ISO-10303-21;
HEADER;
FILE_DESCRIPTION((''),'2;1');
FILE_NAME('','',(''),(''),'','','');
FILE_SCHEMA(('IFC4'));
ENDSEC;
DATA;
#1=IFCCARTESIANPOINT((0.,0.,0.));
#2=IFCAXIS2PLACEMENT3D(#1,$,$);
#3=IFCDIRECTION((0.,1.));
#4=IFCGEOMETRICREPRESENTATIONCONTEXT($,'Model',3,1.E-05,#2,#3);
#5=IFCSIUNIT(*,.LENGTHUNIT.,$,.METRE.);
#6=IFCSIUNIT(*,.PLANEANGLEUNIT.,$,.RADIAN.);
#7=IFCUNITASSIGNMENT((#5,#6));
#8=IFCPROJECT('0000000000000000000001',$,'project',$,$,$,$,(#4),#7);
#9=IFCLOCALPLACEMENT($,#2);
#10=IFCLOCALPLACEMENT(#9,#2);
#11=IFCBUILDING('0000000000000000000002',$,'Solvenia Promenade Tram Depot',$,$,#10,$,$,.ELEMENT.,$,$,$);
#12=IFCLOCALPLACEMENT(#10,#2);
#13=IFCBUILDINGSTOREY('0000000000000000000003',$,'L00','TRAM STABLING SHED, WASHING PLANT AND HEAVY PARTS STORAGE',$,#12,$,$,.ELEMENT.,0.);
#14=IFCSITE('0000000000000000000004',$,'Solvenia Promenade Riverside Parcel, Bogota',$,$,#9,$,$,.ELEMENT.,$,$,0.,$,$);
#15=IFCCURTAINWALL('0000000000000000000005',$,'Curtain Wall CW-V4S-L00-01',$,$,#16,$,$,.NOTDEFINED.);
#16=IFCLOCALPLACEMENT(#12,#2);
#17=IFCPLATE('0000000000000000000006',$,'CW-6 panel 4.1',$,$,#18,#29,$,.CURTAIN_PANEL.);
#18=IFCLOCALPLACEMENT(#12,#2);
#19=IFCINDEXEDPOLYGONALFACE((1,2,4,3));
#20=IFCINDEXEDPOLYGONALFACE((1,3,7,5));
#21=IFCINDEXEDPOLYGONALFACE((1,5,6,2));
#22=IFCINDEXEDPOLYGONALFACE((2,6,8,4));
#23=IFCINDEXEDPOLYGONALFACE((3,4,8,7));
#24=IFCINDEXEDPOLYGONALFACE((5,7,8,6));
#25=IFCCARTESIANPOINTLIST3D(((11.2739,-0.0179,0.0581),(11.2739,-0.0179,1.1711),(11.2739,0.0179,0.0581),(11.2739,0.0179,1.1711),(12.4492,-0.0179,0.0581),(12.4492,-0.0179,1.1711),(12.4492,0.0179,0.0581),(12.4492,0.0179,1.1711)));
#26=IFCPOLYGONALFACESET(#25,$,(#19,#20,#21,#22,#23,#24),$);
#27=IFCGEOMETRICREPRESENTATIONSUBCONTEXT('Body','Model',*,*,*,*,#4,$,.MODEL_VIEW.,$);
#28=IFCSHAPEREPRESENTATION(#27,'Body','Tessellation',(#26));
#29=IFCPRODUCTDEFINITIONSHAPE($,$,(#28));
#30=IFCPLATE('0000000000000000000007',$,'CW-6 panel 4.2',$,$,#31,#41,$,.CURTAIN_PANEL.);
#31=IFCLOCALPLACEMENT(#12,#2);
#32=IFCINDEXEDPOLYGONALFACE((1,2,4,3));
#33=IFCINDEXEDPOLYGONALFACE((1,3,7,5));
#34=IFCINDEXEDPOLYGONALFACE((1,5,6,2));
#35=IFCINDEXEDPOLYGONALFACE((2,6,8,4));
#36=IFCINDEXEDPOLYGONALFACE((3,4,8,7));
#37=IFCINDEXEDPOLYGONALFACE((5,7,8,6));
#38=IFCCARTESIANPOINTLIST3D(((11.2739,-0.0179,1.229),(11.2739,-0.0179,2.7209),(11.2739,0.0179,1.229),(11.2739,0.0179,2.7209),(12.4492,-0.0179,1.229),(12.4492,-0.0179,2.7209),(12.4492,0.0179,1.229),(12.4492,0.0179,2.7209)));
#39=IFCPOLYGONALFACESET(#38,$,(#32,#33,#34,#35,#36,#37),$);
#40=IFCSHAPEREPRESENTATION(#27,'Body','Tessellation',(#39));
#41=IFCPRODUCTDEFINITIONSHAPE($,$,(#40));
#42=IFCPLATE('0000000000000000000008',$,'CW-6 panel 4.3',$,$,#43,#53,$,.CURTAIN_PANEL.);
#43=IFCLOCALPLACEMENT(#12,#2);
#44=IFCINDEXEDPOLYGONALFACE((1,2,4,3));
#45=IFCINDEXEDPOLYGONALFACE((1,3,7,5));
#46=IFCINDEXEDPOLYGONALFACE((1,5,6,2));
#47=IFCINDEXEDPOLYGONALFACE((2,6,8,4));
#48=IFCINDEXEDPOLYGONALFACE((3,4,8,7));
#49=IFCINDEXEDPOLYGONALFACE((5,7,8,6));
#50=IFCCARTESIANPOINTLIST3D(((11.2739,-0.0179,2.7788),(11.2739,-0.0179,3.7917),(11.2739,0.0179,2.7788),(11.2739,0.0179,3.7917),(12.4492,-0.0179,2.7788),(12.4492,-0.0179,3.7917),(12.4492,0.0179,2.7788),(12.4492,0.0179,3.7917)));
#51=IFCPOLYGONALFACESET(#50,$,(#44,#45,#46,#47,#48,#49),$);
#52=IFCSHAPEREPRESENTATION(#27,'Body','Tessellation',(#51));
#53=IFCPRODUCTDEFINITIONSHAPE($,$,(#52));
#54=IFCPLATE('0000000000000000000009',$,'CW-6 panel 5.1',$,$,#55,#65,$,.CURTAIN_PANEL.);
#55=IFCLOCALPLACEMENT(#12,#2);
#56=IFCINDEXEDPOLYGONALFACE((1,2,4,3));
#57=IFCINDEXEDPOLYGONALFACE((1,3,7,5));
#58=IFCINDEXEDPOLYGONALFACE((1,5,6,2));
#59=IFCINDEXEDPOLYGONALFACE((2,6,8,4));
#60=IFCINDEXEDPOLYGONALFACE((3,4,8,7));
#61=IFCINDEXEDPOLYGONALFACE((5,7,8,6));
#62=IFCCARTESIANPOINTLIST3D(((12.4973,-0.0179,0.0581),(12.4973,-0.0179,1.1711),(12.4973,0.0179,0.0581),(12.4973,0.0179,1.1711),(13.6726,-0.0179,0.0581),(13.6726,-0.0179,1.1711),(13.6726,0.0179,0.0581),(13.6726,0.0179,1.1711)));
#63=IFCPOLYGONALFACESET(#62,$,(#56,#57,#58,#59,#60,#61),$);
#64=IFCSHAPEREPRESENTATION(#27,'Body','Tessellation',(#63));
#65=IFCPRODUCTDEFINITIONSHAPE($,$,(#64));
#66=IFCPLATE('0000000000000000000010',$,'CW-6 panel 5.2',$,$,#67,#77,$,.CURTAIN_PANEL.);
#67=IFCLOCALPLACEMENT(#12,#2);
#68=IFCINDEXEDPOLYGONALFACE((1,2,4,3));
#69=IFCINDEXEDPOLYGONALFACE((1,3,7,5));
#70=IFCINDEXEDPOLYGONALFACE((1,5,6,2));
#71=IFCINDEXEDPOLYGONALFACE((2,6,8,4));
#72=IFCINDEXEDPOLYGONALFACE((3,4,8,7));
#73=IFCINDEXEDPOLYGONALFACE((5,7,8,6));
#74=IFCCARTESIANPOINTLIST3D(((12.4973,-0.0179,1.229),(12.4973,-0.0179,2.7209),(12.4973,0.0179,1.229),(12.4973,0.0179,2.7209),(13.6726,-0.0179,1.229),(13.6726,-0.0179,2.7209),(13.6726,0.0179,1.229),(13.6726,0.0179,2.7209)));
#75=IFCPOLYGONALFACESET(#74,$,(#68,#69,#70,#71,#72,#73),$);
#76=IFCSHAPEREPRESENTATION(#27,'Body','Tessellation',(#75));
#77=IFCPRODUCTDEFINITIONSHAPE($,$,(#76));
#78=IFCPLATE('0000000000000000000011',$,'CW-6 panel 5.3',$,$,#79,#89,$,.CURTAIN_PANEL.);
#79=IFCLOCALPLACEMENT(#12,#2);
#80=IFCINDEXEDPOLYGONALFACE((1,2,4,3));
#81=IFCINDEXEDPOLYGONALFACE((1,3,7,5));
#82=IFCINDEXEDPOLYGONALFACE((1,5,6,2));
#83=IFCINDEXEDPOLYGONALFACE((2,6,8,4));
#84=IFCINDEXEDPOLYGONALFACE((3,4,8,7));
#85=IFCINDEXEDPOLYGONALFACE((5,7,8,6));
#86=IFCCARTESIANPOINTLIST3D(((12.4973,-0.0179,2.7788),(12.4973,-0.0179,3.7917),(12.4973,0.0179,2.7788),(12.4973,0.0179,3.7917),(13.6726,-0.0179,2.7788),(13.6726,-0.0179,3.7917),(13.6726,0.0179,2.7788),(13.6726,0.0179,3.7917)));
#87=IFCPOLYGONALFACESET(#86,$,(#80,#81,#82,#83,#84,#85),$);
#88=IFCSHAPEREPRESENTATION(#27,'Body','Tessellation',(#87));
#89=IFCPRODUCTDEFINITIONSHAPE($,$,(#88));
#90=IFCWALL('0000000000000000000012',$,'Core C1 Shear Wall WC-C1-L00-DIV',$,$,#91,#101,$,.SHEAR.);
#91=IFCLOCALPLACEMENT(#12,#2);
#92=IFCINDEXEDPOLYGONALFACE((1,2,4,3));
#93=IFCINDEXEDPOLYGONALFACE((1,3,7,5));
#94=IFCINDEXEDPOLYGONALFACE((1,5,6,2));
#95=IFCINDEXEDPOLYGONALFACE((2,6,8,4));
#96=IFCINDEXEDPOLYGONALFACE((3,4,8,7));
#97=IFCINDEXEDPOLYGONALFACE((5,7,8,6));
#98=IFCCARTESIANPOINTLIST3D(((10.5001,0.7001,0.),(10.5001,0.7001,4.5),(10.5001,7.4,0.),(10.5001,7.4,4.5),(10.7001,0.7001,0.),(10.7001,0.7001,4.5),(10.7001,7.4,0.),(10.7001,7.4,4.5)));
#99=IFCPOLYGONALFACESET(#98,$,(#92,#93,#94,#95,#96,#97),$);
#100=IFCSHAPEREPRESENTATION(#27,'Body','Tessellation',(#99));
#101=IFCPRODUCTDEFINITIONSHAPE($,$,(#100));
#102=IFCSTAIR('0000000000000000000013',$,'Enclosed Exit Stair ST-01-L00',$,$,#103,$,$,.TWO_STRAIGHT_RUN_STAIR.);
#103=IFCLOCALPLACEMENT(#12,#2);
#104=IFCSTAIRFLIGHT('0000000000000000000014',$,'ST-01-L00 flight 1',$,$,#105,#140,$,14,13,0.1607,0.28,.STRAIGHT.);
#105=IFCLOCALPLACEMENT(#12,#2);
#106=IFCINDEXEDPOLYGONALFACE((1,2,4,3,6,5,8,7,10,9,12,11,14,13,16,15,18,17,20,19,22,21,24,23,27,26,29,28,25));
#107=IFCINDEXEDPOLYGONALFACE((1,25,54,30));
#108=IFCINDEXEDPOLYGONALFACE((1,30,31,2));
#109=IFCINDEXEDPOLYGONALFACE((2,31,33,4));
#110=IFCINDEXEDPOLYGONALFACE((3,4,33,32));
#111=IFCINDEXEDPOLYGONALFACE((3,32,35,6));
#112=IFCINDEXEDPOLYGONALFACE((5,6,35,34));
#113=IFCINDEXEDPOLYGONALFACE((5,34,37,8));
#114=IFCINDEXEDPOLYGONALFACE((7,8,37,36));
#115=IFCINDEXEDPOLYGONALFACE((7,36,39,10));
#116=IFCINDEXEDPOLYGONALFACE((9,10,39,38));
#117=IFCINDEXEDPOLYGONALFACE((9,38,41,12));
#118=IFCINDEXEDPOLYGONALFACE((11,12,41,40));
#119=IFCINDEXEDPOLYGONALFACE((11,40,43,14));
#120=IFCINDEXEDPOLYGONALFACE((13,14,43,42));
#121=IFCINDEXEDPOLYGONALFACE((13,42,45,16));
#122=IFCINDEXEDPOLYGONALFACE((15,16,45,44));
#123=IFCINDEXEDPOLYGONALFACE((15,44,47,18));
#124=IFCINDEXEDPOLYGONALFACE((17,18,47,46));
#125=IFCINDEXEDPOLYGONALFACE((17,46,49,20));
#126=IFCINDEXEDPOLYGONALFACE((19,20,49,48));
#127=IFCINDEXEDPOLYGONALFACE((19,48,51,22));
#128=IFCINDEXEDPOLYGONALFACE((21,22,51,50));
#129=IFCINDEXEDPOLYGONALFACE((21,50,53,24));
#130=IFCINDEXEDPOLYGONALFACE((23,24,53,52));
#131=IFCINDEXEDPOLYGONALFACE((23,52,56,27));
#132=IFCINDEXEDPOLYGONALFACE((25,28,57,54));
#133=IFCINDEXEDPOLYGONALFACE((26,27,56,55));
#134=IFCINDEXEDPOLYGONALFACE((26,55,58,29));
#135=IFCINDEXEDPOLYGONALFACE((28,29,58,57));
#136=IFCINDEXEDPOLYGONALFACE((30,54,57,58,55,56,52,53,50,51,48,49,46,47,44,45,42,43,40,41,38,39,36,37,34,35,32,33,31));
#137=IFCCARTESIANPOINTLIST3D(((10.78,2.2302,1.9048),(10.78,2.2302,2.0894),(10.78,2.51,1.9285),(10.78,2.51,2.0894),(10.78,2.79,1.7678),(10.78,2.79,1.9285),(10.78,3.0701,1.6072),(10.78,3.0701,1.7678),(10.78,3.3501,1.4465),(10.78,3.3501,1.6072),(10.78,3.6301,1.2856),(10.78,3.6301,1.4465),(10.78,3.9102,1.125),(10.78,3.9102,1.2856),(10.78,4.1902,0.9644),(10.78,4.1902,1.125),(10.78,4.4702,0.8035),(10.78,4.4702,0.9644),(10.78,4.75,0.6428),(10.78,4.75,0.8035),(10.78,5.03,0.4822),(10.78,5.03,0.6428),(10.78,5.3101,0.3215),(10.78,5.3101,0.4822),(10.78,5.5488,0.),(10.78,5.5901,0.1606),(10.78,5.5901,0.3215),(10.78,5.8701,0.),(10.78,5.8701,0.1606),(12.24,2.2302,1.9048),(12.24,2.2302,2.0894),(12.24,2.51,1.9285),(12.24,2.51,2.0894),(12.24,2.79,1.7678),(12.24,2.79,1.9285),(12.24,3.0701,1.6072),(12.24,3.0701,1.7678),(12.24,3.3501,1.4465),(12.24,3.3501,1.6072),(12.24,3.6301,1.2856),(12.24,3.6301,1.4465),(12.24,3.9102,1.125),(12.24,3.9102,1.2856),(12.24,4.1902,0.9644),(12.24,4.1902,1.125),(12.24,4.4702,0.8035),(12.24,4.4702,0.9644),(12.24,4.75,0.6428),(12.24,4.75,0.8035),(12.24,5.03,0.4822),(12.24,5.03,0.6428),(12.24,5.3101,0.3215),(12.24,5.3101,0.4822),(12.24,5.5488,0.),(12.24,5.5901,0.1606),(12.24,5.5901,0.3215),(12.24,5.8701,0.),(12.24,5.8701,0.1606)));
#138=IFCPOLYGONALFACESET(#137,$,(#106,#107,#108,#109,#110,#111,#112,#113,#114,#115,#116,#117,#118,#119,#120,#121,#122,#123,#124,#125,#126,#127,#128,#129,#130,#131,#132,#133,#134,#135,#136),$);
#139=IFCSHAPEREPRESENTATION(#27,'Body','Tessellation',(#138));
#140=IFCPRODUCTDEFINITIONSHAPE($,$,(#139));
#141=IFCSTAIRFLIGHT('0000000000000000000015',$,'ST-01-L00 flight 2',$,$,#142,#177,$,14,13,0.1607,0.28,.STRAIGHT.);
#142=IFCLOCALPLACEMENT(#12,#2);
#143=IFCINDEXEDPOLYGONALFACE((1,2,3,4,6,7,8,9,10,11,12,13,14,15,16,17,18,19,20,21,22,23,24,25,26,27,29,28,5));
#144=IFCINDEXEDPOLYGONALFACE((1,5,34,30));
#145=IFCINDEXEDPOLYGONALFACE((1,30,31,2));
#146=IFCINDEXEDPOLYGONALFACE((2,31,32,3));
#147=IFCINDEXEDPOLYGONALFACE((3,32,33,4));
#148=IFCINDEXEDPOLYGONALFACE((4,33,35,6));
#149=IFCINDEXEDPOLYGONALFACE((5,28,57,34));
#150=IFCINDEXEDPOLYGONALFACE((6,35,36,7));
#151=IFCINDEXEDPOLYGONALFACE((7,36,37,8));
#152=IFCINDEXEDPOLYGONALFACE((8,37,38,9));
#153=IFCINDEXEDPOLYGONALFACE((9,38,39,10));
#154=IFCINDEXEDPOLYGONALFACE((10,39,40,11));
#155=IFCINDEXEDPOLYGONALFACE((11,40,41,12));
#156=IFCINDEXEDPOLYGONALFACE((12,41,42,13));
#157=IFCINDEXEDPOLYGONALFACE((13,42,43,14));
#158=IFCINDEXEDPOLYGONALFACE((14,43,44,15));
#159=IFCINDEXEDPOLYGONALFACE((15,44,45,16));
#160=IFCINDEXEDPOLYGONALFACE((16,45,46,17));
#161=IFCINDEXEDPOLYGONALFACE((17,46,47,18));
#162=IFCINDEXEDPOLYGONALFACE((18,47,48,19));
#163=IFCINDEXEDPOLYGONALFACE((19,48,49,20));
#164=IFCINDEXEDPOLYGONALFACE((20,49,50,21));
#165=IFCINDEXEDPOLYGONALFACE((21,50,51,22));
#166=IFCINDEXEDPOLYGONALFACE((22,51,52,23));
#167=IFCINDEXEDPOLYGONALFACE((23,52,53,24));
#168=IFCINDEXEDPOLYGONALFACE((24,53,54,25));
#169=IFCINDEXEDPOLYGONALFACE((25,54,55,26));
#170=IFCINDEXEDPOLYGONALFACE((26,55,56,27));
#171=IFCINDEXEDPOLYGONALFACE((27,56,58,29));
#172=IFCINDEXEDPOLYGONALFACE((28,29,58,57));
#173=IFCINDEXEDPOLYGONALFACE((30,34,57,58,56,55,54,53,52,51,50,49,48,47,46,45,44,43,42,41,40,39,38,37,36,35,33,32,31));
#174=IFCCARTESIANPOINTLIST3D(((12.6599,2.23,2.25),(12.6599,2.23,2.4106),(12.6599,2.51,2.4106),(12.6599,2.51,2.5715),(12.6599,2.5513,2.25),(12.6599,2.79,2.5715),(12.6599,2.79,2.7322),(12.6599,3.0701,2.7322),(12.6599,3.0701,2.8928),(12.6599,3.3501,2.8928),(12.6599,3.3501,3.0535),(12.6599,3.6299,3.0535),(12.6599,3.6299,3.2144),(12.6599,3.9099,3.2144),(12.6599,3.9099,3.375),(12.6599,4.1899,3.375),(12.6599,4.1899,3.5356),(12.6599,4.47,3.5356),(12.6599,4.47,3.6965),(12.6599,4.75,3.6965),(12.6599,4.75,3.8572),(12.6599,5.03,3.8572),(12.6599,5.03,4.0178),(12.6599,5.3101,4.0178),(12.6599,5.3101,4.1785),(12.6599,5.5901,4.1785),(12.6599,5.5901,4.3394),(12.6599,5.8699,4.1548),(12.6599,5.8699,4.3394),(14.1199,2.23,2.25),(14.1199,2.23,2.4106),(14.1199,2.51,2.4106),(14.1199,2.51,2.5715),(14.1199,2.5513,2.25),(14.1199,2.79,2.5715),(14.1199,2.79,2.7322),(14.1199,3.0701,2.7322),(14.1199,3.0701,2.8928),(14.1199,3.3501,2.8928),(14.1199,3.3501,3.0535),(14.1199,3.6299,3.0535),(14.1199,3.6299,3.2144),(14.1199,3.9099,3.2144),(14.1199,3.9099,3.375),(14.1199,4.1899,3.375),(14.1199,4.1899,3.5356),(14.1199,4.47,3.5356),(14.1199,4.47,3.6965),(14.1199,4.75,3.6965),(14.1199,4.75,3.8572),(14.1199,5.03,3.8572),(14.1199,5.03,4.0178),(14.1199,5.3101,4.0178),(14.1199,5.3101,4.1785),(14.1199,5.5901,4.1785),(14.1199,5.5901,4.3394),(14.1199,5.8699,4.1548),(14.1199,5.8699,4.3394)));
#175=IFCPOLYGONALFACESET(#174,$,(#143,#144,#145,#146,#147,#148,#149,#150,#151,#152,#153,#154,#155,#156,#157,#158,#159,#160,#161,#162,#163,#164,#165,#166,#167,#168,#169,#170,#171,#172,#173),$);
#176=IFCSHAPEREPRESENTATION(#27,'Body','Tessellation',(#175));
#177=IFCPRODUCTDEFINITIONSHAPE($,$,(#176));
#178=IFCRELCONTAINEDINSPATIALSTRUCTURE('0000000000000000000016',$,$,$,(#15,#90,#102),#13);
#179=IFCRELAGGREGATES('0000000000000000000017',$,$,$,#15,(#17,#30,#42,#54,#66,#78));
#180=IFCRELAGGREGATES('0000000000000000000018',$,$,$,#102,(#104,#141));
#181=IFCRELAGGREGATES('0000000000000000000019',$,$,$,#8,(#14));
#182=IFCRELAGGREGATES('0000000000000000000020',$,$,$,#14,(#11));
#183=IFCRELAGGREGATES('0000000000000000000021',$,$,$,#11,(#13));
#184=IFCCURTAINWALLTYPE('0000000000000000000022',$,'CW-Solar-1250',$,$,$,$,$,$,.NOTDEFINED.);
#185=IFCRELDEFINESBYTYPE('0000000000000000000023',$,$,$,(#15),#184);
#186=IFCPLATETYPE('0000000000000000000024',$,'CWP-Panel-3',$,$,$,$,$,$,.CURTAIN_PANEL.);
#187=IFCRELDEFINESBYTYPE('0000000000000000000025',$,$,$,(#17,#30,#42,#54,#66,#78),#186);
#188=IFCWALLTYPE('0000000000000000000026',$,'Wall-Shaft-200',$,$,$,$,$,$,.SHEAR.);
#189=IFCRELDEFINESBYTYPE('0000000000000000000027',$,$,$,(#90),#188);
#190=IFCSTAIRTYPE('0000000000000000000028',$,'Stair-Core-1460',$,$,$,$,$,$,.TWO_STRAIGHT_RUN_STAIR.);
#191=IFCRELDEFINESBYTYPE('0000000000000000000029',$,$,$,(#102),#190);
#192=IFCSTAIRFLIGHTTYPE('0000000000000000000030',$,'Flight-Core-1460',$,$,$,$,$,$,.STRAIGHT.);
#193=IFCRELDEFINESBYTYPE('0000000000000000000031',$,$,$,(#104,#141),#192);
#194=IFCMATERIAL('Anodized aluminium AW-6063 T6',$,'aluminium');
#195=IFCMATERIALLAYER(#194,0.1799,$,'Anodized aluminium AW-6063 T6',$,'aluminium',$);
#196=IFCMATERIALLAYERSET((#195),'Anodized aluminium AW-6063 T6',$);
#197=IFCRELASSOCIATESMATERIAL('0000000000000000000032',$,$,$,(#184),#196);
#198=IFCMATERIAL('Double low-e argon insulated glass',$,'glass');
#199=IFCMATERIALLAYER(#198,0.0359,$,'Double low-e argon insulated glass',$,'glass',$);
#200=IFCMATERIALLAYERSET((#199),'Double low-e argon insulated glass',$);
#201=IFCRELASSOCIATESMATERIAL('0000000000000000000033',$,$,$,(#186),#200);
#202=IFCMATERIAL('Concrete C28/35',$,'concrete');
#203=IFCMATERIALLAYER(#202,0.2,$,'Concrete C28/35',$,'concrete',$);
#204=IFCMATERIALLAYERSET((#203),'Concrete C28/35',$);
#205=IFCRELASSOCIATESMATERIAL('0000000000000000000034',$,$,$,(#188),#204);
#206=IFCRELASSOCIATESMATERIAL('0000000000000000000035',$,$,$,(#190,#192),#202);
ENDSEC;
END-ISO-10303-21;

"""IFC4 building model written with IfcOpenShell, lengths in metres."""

from ifc_helpers import new_model, si_unit, direction, frame, frame_2d, origin, origin_2d, place, context, subcontext, project, spatial, polyline, rectangle, outline, extrude, material, layer, layer_set, type_object, element, aggregate, save


model = new_model("IFC4")

# Units and contexts
model_context = context("Model", 3, precision=1e-05, world=origin(), true_north=direction((0.0, 1.0)))
body_context = subcontext(model_context, "Body", "Model", "MODEL_VIEW")
ifc_project = project(units=[si_unit("LENGTHUNIT", "METRE"), si_unit("PLANEANGLEUNIT", "RADIAN")], contexts=[model_context])

# Site, building, storey
site_placement = place(None, origin())
site = spatial("IfcSite", under=ifc_project, at=site_placement, Name="Solvenia Promenade Riverside Parcel, Bogota", CompositionType="ELEMENT", RefElevation=0.0)
building_placement = place(site_placement, origin())
building = spatial("IfcBuilding", under=site, at=building_placement, Name="Solvenia Promenade Tram Depot", CompositionType="ELEMENT")
storey_placement = place(building_placement, origin())
storey = spatial("IfcBuildingStorey", under=building, at=storey_placement, Name="L00", Description="TRAM STABLING SHED, WASHING PLANT AND HEAVY PARTS STORAGE", CompositionType="ELEMENT", Elevation=0.0)

# Shared definitions
ifc_material_1 = material(Name="Concrete C28/35", Category="concrete")

# Curtain wall, plates
ifc_material_2 = material(Name="Anodized aluminium AW-6063 T6", Category="aluminium")
ifc_layer_1 = layer(ifc_material_2, 0.1799, Name="Anodized aluminium AW-6063 T6", Category="aluminium")
ifc_layer_set_1 = layer_set([ifc_layer_1], Name="Anodized aluminium AW-6063 T6")
curtain_wall_type = type_object("IfcCurtainWallType", Name="CW-Solar-1250", PredefinedType="NOTDEFINED", material=ifc_layer_set_1)
curtain_wall_placement = place(storey_placement, origin())
curtain_wall = element("IfcCurtainWall", 1, at=curtain_wall_placement, inside=storey, type_object=curtain_wall_type, Name="Curtain Wall CW-V4S-L00-01", PredefinedType="NOTDEFINED")
ifc_material_3 = material(Name="Double low-e argon insulated glass", Category="glass")
ifc_layer_2 = layer(ifc_material_3, 0.0359, Name="Double low-e argon insulated glass", Category="glass")
ifc_layer_set_2 = layer_set([ifc_layer_2], Name="Double low-e argon insulated glass")
plate_type = type_object("IfcPlateType", Name="CWP-Panel-3", PredefinedType="CURTAIN_PANEL", material=ifc_layer_set_2)
plate_1_placement = place(storey_placement, frame((11.8616, 0.0, 0.0581), z_axis=(0.0, 0.0, 1.0), x_axis=(1.0, 0.0, 0.0)))
plate_1 = element("IfcPlate", 2, at=plate_1_placement, type_object=plate_type, Name="CW-6 panel 4.1", PredefinedType="CURTAIN_PANEL", context=body_context, shape_type="SweptSolid", body=[
    extrude(rectangle(XDim=1.1753, YDim=0.0359, at=origin_2d()), origin(), (0.0, 0.0, 1.0), 1.113),
])
plate_2_placement = place(storey_placement, frame((11.8616, 0.0, 1.229), z_axis=(0.0, 0.0, 1.0), x_axis=(1.0, 0.0, 0.0)))
plate_2 = element("IfcPlate", 3, at=plate_2_placement, type_object=plate_type, Name="CW-6 panel 4.2", PredefinedType="CURTAIN_PANEL", context=body_context, shape_type="SweptSolid", body=[
    extrude(rectangle(XDim=1.1753, YDim=0.0359, at=origin_2d()), origin(), (0.0, 0.0, 1.0), 1.4919),
])
plate_3_placement = place(storey_placement, frame((11.8616, 0.0, 2.7788), z_axis=(0.0, 0.0, 1.0), x_axis=(1.0, 0.0, 0.0)))
plate_3 = element("IfcPlate", 4, at=plate_3_placement, type_object=plate_type, Name="CW-6 panel 4.3", PredefinedType="CURTAIN_PANEL", context=body_context, shape_type="SweptSolid", body=[
    extrude(rectangle(XDim=1.1753, YDim=0.0359, at=origin_2d()), origin(), (0.0, 0.0, 1.0), 1.0129),
])
plate_4_placement = place(storey_placement, frame((13.085, 0.0, 0.0581), z_axis=(0.0, 0.0, 1.0), x_axis=(1.0, 0.0, 0.0)))
plate_4 = element("IfcPlate", 5, at=plate_4_placement, type_object=plate_type, Name="CW-6 panel 5.1", PredefinedType="CURTAIN_PANEL", context=body_context, shape_type="SweptSolid", body=[
    extrude(rectangle(XDim=1.1753, YDim=0.0359, at=origin_2d()), origin(), (0.0, 0.0, 1.0), 1.113),
])
plate_5_placement = place(storey_placement, frame((13.085, 0.0, 1.229), z_axis=(0.0, 0.0, 1.0), x_axis=(1.0, 0.0, 0.0)))
plate_5 = element("IfcPlate", 6, at=plate_5_placement, type_object=plate_type, Name="CW-6 panel 5.2", PredefinedType="CURTAIN_PANEL", context=body_context, shape_type="SweptSolid", body=[
    extrude(rectangle(XDim=1.1753, YDim=0.0359, at=origin_2d()), origin(), (0.0, 0.0, 1.0), 1.4919),
])
plate_6_placement = place(storey_placement, frame((13.085, 0.0, 2.7788), z_axis=(0.0, 0.0, 1.0), x_axis=(1.0, 0.0, 0.0)))
plate_6 = element("IfcPlate", 7, at=plate_6_placement, type_object=plate_type, Name="CW-6 panel 5.3", PredefinedType="CURTAIN_PANEL", context=body_context, shape_type="SweptSolid", body=[
    extrude(rectangle(XDim=1.1753, YDim=0.0359, at=origin_2d()), origin(), (0.0, 0.0, 1.0), 1.0129),
])
aggregate(curtain_wall, [plate_1, plate_2, plate_3, plate_4, plate_5, plate_6])

# Wall
ifc_layer_3 = layer(ifc_material_1, 0.2, Name="Concrete C28/35", Category="concrete")
ifc_layer_set_3 = layer_set([ifc_layer_3], Name="Concrete C28/35")
wall_type = type_object("IfcWallType", Name="Wall-Shaft-200", PredefinedType="SHEAR", material=ifc_layer_set_3)
wall_placement = place(storey_placement, frame((10.6001, 0.7, 0.0), z_axis=(0.0, 0.0, 1.0), x_axis=(0.0, 1.0, 0.0)))
element("IfcWall", 8, at=wall_placement, inside=storey, type_object=wall_type, Name="Core C1 Shear Wall WC-C1-L00-DIV", PredefinedType="SHEAR", context=body_context, shape_type="SweptSolid", body=[
    extrude(rectangle(XDim=6.7, YDim=0.2, at=frame_2d((3.3501, 0.0))), origin(), (0.0, 0.0, 1.0), 4.5),
])

# Stair, stair flights
stair_type = type_object("IfcStairType", Name="Stair-Core-1460", PredefinedType="TWO_STRAIGHT_RUN_STAIR", material=ifc_material_1)
stair_placement = place(storey_placement, origin())
stair = element("IfcStair", 9, at=stair_placement, inside=storey, type_object=stair_type, Name="Enclosed Exit Stair ST-01-L00", PredefinedType="TWO_STRAIGHT_RUN_STAIR")
stair_flight_type = type_object("IfcStairFlightType", Name="Flight-Core-1460", PredefinedType="STRAIGHT", material=ifc_material_1)
stair_flight_1_placement = place(storey_placement, frame((11.51, 5.8701, 0.0), z_axis=(0.0, 0.0, 1.0), x_axis=(0.0, -1.0, 0.0)))
stair_flight_1 = element("IfcStairFlight", 10, at=stair_flight_1_placement, type_object=stair_flight_type, Name="ST-01-L00 flight 1", NumberOfRisers=14, NumberOfTreads=13, PredefinedType="STRAIGHT", RiserHeight=0.1607, TreadLength=0.28, context=body_context, shape_type="SweptSolid", body=[
    extrude(outline(polyline([(0.0, 0.0), (0.0, 0.1606), (0.28, 0.1606), (0.28, 0.3215), (0.5601, 0.3215), (0.5601, 0.4822), (0.8401, 0.4822), (0.8401, 0.6428), (1.1201, 0.6428), (1.1201, 0.8035), (1.3999, 0.8035), (1.3999, 0.9644), (1.6799, 0.9644), (1.6799, 1.125), (1.96, 1.125), (1.96, 1.2856), (2.24, 1.2856), (2.24, 1.4465), (2.52, 1.4465), (2.52, 1.6072), (2.8, 1.6072), (2.8, 1.7678), (3.0801, 1.7678), (3.0801, 1.9285), (3.3601, 1.9285), (3.3601, 2.0894), (3.6399, 2.0894), (3.6399, 2.25), (3.6399, 1.9048), (0.3213, 0.0), (0.0, 0.0)])), frame((0.0, 0.73, 0.0), z_axis=(0.0, -1.0, 0.0), x_axis=(1.0, 0.0, 0.0)), (0.0, 0.0, 1.0), 1.46),
])
stair_flight_2_placement = place(storey_placement, frame((13.3899, 2.23, 2.25), z_axis=(0.0, 0.0, 1.0), x_axis=(0.0, 1.0, 0.0)))
stair_flight_2 = element("IfcStairFlight", 11, at=stair_flight_2_placement, type_object=stair_flight_type, Name="ST-01-L00 flight 2", NumberOfRisers=14, NumberOfTreads=13, PredefinedType="STRAIGHT", RiserHeight=0.1607, TreadLength=0.28, context=body_context, shape_type="SweptSolid", body=[
    extrude(outline(polyline([(0.0, 0.0), (0.0, 0.1606), (0.28, 0.1606), (0.28, 0.3215), (0.5601, 0.3215), (0.5601, 0.4822), (0.8401, 0.4822), (0.8401, 0.6428), (1.1201, 0.6428), (1.1201, 0.8035), (1.3999, 0.8035), (1.3999, 0.9644), (1.6799, 0.9644), (1.6799, 1.125), (1.96, 1.125), (1.96, 1.2856), (2.24, 1.2856), (2.24, 1.4465), (2.52, 1.4465), (2.52, 1.6072), (2.8, 1.6072), (2.8, 1.7678), (3.0801, 1.7678), (3.0801, 1.9285), (3.3601, 1.9285), (3.3601, 2.0894), (3.6399, 2.0894), (3.6399, 2.25), (3.6399, 1.9048), (0.3213, 0.0), (0.0, 0.0)])), frame((0.0, 0.73, 0.0), z_axis=(0.0, -1.0, 0.0), x_axis=(1.0, 0.0, 0.0)), (0.0, 0.0, 1.0), 1.46),
])
aggregate(stair, [stair_flight_1, stair_flight_2])

save(model, "model.ifc")
